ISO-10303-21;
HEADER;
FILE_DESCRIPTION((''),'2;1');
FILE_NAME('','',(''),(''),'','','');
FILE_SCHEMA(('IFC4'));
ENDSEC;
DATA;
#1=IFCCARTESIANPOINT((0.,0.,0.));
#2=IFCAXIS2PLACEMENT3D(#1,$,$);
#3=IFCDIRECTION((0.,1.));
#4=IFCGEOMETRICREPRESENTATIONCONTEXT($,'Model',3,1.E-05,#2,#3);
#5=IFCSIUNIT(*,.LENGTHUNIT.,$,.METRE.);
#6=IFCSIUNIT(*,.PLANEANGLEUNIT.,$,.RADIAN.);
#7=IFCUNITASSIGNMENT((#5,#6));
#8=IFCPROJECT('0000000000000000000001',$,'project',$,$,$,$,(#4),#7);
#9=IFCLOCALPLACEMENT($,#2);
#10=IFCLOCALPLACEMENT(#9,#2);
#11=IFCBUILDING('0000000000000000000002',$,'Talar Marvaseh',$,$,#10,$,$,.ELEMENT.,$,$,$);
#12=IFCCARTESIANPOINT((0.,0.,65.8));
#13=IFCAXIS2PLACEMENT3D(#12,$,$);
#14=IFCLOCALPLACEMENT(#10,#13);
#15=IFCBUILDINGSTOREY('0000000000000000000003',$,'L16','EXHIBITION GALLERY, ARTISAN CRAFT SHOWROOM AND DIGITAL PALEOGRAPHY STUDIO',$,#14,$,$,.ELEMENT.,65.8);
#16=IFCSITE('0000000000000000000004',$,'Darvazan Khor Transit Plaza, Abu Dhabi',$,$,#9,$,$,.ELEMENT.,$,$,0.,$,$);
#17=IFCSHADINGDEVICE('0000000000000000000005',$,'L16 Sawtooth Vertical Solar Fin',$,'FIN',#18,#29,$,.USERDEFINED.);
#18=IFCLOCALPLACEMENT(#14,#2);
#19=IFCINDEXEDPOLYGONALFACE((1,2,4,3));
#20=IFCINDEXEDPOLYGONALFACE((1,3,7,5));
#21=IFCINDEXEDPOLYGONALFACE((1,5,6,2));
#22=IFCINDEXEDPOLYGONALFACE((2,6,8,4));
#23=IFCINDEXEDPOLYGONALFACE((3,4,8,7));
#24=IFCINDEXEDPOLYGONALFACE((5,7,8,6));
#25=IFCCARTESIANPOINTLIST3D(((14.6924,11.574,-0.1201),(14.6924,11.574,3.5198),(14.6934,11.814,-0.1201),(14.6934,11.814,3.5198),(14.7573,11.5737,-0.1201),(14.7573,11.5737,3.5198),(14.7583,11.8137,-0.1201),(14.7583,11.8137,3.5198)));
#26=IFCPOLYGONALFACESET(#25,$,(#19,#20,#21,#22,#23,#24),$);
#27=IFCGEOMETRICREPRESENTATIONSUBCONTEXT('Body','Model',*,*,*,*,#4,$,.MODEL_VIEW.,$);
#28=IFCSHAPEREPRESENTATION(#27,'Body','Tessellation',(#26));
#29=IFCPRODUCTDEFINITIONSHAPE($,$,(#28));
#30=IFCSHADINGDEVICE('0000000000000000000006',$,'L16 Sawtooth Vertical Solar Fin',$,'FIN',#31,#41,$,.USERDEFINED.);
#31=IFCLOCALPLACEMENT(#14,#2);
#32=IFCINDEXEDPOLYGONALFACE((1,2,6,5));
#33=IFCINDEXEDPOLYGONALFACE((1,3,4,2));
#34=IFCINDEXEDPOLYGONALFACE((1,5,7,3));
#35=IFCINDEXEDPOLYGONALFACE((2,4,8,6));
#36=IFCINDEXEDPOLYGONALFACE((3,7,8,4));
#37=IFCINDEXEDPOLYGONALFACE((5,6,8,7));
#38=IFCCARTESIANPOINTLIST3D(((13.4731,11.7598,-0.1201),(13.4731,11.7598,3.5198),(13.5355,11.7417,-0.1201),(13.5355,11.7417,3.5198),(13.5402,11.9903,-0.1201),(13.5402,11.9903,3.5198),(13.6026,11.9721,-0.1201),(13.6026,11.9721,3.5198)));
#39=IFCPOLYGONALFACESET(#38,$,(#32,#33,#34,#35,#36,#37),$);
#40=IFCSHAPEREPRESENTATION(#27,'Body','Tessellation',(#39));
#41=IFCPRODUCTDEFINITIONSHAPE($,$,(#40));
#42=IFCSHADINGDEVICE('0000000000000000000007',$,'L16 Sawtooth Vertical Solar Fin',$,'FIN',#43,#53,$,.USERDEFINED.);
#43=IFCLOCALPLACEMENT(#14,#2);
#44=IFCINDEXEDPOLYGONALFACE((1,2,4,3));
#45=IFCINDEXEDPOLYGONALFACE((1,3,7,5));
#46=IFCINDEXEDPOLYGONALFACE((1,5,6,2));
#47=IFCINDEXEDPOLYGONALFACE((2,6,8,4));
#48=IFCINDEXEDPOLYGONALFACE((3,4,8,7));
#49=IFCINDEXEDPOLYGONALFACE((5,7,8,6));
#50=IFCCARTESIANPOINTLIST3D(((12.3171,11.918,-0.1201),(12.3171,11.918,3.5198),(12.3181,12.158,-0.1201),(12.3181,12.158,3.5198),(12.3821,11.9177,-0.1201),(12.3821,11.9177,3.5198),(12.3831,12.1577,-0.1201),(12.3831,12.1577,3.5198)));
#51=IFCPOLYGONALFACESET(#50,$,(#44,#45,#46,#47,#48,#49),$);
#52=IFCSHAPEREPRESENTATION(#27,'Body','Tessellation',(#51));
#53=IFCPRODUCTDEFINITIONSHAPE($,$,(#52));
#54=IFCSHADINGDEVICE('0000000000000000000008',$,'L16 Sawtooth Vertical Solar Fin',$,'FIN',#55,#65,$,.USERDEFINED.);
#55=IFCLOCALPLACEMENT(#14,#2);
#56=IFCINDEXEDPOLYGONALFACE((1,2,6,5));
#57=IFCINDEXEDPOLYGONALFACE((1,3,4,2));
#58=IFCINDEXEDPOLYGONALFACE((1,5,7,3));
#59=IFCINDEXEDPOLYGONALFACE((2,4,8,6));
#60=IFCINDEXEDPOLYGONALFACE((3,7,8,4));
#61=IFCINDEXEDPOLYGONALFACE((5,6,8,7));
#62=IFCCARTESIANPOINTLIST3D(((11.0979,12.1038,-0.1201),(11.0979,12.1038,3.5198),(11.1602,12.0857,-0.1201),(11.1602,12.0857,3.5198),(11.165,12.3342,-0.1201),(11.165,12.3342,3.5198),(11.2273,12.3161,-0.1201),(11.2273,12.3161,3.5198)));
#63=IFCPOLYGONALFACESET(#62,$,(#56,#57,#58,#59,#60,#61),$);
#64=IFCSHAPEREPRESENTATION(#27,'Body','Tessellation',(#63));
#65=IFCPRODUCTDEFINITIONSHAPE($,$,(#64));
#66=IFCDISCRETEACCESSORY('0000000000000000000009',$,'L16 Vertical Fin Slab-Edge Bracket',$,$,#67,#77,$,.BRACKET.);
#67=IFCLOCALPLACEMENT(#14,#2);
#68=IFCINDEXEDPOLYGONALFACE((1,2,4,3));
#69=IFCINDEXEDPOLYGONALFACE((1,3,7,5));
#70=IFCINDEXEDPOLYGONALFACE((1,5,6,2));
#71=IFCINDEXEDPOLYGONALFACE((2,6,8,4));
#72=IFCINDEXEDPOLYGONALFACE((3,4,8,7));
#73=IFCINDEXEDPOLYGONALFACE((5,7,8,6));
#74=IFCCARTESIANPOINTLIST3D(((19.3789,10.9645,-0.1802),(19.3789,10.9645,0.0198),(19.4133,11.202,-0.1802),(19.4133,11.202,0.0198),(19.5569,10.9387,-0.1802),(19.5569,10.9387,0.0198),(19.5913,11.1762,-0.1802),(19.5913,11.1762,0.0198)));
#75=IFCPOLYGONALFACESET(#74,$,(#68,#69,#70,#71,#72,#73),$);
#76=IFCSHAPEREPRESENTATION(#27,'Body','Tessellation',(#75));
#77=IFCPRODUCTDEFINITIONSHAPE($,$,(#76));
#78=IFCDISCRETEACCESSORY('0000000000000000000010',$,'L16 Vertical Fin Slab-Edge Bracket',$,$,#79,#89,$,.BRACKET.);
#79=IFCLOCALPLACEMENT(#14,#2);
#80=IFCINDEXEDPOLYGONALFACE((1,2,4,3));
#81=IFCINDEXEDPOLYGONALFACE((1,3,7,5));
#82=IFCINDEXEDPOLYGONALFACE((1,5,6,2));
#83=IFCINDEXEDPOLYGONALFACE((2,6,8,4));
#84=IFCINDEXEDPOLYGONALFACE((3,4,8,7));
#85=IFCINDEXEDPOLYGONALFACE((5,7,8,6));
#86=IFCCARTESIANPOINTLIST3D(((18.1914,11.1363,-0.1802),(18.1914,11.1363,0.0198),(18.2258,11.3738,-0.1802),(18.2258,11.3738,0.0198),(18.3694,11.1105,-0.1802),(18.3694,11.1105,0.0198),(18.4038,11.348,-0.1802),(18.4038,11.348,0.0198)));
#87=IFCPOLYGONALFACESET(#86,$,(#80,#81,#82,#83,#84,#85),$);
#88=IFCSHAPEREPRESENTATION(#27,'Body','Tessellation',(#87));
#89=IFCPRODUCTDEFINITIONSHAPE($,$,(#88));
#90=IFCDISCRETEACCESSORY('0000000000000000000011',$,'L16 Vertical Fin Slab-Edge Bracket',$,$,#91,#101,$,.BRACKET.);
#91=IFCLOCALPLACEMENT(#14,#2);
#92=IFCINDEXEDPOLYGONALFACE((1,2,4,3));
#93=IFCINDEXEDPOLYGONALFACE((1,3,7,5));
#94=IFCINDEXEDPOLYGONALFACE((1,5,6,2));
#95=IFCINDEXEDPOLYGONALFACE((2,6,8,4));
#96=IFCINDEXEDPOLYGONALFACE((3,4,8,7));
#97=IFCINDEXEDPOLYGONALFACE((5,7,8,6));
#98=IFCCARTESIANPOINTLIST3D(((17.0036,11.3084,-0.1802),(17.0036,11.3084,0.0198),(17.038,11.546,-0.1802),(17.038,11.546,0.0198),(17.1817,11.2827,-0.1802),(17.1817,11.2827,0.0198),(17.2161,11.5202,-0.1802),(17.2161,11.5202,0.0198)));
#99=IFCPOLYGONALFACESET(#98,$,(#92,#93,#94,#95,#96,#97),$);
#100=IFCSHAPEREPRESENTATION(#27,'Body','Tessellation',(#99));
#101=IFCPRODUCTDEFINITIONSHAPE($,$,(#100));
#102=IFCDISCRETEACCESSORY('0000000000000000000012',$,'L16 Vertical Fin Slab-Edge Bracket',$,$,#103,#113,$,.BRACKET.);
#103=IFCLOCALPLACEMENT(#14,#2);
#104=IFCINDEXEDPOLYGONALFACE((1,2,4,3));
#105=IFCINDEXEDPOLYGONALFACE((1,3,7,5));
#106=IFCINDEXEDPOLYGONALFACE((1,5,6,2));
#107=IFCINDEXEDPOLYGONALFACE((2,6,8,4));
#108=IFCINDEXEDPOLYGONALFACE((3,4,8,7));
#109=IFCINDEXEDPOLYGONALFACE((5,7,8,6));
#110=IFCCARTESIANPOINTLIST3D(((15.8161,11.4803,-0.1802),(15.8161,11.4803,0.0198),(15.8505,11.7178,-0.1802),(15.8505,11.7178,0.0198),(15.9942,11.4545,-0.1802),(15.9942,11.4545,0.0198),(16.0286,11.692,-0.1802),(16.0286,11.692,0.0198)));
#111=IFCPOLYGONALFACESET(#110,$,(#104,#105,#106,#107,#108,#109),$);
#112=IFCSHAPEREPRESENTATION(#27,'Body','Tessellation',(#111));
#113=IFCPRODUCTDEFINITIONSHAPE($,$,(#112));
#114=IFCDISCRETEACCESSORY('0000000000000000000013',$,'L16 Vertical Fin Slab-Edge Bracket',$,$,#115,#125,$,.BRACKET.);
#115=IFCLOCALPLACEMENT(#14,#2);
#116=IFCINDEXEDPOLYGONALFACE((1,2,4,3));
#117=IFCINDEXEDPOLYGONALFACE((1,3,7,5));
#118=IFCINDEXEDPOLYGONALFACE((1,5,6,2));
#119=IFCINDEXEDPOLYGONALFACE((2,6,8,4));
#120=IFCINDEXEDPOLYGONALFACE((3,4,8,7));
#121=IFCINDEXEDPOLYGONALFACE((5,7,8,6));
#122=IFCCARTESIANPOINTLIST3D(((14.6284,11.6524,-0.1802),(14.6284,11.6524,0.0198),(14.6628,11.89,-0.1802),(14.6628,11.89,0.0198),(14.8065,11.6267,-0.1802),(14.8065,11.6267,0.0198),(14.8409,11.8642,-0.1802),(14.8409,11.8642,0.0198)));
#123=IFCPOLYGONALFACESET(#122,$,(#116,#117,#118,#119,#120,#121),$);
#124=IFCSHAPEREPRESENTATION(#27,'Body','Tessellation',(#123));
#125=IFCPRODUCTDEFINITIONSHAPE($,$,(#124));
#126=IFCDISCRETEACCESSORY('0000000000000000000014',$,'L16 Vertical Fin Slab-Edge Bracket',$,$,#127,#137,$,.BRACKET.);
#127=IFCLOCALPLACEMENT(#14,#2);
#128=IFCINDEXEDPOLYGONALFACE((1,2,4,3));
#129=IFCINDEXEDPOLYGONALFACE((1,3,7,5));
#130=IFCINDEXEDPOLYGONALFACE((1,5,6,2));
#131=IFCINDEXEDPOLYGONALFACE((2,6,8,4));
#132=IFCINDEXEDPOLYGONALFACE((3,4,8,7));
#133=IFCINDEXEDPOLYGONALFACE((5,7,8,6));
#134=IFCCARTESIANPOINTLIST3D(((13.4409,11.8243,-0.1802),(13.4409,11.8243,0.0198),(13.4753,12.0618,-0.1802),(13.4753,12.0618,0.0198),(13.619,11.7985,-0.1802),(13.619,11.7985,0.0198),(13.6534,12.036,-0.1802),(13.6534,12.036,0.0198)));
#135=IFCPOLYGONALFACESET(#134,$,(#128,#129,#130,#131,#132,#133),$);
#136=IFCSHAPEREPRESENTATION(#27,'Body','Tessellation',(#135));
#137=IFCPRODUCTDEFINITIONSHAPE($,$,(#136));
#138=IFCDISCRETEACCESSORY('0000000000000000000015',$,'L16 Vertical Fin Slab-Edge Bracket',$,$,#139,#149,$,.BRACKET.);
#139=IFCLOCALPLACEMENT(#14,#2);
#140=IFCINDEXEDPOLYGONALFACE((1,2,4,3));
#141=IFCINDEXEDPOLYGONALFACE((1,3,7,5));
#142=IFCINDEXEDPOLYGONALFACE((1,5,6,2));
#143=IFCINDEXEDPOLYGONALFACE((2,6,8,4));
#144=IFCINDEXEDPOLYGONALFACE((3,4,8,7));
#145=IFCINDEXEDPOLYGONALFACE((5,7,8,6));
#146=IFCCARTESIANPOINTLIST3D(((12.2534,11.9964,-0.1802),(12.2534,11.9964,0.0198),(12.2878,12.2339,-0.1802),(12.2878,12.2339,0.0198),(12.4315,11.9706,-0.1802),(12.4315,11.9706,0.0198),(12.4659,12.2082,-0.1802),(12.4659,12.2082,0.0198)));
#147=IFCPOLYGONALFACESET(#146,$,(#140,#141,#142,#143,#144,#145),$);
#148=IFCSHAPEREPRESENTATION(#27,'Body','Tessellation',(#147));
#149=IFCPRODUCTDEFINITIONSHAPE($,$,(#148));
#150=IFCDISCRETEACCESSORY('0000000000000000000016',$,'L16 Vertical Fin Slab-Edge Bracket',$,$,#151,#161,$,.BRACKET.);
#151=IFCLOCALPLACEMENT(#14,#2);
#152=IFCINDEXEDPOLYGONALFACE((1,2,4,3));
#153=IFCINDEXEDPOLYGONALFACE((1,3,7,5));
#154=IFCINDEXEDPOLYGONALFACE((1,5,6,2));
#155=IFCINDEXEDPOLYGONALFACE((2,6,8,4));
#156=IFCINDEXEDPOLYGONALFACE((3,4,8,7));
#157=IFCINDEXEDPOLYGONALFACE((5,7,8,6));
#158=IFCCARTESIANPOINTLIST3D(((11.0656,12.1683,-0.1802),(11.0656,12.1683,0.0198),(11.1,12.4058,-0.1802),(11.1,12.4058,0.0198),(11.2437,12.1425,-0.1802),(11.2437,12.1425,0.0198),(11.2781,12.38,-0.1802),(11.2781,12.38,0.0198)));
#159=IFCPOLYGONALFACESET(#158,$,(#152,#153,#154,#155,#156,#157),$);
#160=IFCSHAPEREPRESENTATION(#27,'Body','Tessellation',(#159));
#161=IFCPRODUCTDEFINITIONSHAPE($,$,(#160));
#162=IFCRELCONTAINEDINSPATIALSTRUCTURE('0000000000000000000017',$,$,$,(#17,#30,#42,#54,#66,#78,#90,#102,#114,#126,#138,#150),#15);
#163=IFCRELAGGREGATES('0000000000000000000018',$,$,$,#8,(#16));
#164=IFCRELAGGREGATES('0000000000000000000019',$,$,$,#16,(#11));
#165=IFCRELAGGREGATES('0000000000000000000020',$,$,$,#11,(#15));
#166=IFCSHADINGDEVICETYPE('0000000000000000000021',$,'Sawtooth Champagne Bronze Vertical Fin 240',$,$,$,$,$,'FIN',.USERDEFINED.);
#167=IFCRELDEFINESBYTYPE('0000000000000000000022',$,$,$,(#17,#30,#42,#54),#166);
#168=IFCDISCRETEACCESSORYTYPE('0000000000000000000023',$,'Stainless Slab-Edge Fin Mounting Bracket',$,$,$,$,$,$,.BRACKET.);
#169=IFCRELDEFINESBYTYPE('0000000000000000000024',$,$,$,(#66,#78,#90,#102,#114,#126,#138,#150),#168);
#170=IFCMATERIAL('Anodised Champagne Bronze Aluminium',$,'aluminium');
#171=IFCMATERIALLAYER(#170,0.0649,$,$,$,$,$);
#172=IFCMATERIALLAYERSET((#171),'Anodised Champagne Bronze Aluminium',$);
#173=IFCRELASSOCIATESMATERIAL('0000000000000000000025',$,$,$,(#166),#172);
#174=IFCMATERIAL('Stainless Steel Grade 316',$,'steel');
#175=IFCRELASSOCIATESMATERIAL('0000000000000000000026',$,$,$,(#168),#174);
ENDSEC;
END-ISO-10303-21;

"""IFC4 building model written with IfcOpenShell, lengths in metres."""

from ifc_helpers import new_model, si_unit, direction, frame, origin, origin_2d, place, context, subcontext, project, spatial, rectangle, extrude, source, transform, mapped, material, layer, layer_set, type_object, type_shapes, element, save


model = new_model("IFC4")

# Units and contexts
model_context = context("Model", 3, precision=1e-05, world=origin(), true_north=direction((0.0, 1.0)))
body_context = subcontext(model_context, "Body", "Model", "MODEL_VIEW")
ifc_project = project(units=[si_unit("LENGTHUNIT", "METRE"), si_unit("PLANEANGLEUNIT", "RADIAN")], contexts=[model_context])

# Site, building, storey
site_placement = place(None, origin())
site = spatial("IfcSite", under=ifc_project, at=site_placement, Name="Darvazan Khor Transit Plaza, Abu Dhabi", CompositionType="ELEMENT", RefElevation=0.0)
building_placement = place(site_placement, origin())
building = spatial("IfcBuilding", under=site, at=building_placement, Name="Talar Marvaseh", CompositionType="ELEMENT")
storey_placement = place(building_placement, frame((0.0, 0.0, 65.8)))
storey = spatial("IfcBuildingStorey", under=building, at=storey_placement, Name="L16", Description="EXHIBITION GALLERY, ARTISAN CRAFT SHOWROOM AND DIGITAL PALEOGRAPHY STUDIO", CompositionType="ELEMENT", Elevation=65.8)

# Shading devices
ifc_material_1 = material(Name="Anodised Champagne Bronze Aluminium", Category="aluminium")
ifc_layer_1 = layer(ifc_material_1, 0.0649)
ifc_layer_set_1 = layer_set([ifc_layer_1], Name="Anodised Champagne Bronze Aluminium")
shading_device_type = type_object("IfcShadingDeviceType", Name="Sawtooth Champagne Bronze Vertical Fin 240", ElementType="FIN", PredefinedType="USERDEFINED", material=ifc_layer_set_1)
shared_shape_1 = source(origin(), body_context, "Body", "SweptSolid", [
    extrude(rectangle(XDim=0.24, YDim=0.0649, at=origin_2d()), origin(), (0.0, 0.0, 1.0), 3.6399),
])
type_shapes(shading_device_type, [shared_shape_1])
for number, where, z_axis, x_axis, name in (
    (1, (14.7253, 11.6938, -0.1201), (0.0, 0.0, 1.0), (-0.004189, -0.999991, 0.0), "L16 Sawtooth Vertical Solar Fin"),
    (2, (13.5378, 11.866, -0.1201), (0.0, 0.0, 1.0), (-0.279661, -0.960099, 0.0), "L16 Sawtooth Vertical Solar Fin"),
    (3, (12.3501, 12.0378, -0.1201), (0.0, 0.0, 1.0), (-0.004189, -0.999991, 0.0), "L16 Sawtooth Vertical Solar Fin"),
    (4, (11.1626, 12.21, -0.1201), (0.0, 0.0, 1.0), (-0.279661, -0.960099, 0.0), "L16 Sawtooth Vertical Solar Fin"),
):
    element("IfcShadingDevice", number, at=place(storey_placement, frame(where, z_axis=z_axis, x_axis=x_axis)), inside=storey, type_object=shading_device_type, Name=name, ObjectType="FIN", PredefinedType="USERDEFINED", context=body_context, shape_type="MappedRepresentation", body=[
        mapped(shared_shape_1, transform((0.0, 0.0, 0.0), x_axis=(1.0, 0.0, 0.0), y_axis=(0.0, 1.0, 0.0), z_axis=(0.0, 0.0, 1.0), scale=1.0)),
    ])

# Discrete accessories
ifc_material_2 = material(Name="Stainless Steel Grade 316", Category="steel")
discrete_accessory_type = type_object("IfcDiscreteAccessoryType", Name="Stainless Slab-Edge Fin Mounting Bracket", PredefinedType="BRACKET", material=ifc_material_2)
shared_shape_2 = source(origin(), body_context, "Body", "SweptSolid", [
    extrude(rectangle(XDim=0.24, YDim=0.1799, at=origin_2d()), origin(), (0.0, 0.0, 1.0), 0.2),
])
type_shapes(discrete_accessory_type, [shared_shape_2])
for number, where, z_axis, x_axis, name in (
    (5, (19.4851, 11.0703, -0.1802), (0.0, 0.0, 1.0), (-0.14332, -0.989676, 0.0), "L16 Vertical Fin Slab-Edge Bracket"),
    (6, (18.2976, 11.2422, -0.1802), (0.0, 0.0, 1.0), (-0.14332, -0.989676, 0.0), "L16 Vertical Fin Slab-Edge Bracket"),
    (7, (17.1099, 11.4143, -0.1802), (0.0, 0.0, 1.0), (-0.14332, -0.989676, 0.0), "L16 Vertical Fin Slab-Edge Bracket"),
    (8, (15.9224, 11.5862, -0.1802), (0.0, 0.0, 1.0), (-0.14332, -0.989676, 0.0), "L16 Vertical Fin Slab-Edge Bracket"),
    (9, (14.7346, 11.7583, -0.1802), (0.0, 0.0, 1.0), (-0.14332, -0.989676, 0.0), "L16 Vertical Fin Slab-Edge Bracket"),
    (10, (13.5471, 11.9302, -0.1802), (0.0, 0.0, 1.0), (-0.14332, -0.989676, 0.0), "L16 Vertical Fin Slab-Edge Bracket"),
    (11, (12.3596, 12.1023, -0.1802), (0.0, 0.0, 1.0), (-0.14332, -0.989676, 0.0), "L16 Vertical Fin Slab-Edge Bracket"),
    (12, (11.1719, 12.2742, -0.1802), (0.0, 0.0, 1.0), (-0.14332, -0.989676, 0.0), "L16 Vertical Fin Slab-Edge Bracket"),
):
    element("IfcDiscreteAccessory", number, at=place(storey_placement, frame(where, z_axis=z_axis, x_axis=x_axis)), inside=storey, type_object=discrete_accessory_type, Name=name, PredefinedType="BRACKET", context=body_context, shape_type="MappedRepresentation", body=[
        mapped(shared_shape_2, transform((0.0, 0.0, 0.0), x_axis=(1.0, 0.0, 0.0), y_axis=(0.0, 1.0, 0.0), z_axis=(0.0, 0.0, 1.0), scale=1.0)),
    ])

save(model, "model.ifc")
